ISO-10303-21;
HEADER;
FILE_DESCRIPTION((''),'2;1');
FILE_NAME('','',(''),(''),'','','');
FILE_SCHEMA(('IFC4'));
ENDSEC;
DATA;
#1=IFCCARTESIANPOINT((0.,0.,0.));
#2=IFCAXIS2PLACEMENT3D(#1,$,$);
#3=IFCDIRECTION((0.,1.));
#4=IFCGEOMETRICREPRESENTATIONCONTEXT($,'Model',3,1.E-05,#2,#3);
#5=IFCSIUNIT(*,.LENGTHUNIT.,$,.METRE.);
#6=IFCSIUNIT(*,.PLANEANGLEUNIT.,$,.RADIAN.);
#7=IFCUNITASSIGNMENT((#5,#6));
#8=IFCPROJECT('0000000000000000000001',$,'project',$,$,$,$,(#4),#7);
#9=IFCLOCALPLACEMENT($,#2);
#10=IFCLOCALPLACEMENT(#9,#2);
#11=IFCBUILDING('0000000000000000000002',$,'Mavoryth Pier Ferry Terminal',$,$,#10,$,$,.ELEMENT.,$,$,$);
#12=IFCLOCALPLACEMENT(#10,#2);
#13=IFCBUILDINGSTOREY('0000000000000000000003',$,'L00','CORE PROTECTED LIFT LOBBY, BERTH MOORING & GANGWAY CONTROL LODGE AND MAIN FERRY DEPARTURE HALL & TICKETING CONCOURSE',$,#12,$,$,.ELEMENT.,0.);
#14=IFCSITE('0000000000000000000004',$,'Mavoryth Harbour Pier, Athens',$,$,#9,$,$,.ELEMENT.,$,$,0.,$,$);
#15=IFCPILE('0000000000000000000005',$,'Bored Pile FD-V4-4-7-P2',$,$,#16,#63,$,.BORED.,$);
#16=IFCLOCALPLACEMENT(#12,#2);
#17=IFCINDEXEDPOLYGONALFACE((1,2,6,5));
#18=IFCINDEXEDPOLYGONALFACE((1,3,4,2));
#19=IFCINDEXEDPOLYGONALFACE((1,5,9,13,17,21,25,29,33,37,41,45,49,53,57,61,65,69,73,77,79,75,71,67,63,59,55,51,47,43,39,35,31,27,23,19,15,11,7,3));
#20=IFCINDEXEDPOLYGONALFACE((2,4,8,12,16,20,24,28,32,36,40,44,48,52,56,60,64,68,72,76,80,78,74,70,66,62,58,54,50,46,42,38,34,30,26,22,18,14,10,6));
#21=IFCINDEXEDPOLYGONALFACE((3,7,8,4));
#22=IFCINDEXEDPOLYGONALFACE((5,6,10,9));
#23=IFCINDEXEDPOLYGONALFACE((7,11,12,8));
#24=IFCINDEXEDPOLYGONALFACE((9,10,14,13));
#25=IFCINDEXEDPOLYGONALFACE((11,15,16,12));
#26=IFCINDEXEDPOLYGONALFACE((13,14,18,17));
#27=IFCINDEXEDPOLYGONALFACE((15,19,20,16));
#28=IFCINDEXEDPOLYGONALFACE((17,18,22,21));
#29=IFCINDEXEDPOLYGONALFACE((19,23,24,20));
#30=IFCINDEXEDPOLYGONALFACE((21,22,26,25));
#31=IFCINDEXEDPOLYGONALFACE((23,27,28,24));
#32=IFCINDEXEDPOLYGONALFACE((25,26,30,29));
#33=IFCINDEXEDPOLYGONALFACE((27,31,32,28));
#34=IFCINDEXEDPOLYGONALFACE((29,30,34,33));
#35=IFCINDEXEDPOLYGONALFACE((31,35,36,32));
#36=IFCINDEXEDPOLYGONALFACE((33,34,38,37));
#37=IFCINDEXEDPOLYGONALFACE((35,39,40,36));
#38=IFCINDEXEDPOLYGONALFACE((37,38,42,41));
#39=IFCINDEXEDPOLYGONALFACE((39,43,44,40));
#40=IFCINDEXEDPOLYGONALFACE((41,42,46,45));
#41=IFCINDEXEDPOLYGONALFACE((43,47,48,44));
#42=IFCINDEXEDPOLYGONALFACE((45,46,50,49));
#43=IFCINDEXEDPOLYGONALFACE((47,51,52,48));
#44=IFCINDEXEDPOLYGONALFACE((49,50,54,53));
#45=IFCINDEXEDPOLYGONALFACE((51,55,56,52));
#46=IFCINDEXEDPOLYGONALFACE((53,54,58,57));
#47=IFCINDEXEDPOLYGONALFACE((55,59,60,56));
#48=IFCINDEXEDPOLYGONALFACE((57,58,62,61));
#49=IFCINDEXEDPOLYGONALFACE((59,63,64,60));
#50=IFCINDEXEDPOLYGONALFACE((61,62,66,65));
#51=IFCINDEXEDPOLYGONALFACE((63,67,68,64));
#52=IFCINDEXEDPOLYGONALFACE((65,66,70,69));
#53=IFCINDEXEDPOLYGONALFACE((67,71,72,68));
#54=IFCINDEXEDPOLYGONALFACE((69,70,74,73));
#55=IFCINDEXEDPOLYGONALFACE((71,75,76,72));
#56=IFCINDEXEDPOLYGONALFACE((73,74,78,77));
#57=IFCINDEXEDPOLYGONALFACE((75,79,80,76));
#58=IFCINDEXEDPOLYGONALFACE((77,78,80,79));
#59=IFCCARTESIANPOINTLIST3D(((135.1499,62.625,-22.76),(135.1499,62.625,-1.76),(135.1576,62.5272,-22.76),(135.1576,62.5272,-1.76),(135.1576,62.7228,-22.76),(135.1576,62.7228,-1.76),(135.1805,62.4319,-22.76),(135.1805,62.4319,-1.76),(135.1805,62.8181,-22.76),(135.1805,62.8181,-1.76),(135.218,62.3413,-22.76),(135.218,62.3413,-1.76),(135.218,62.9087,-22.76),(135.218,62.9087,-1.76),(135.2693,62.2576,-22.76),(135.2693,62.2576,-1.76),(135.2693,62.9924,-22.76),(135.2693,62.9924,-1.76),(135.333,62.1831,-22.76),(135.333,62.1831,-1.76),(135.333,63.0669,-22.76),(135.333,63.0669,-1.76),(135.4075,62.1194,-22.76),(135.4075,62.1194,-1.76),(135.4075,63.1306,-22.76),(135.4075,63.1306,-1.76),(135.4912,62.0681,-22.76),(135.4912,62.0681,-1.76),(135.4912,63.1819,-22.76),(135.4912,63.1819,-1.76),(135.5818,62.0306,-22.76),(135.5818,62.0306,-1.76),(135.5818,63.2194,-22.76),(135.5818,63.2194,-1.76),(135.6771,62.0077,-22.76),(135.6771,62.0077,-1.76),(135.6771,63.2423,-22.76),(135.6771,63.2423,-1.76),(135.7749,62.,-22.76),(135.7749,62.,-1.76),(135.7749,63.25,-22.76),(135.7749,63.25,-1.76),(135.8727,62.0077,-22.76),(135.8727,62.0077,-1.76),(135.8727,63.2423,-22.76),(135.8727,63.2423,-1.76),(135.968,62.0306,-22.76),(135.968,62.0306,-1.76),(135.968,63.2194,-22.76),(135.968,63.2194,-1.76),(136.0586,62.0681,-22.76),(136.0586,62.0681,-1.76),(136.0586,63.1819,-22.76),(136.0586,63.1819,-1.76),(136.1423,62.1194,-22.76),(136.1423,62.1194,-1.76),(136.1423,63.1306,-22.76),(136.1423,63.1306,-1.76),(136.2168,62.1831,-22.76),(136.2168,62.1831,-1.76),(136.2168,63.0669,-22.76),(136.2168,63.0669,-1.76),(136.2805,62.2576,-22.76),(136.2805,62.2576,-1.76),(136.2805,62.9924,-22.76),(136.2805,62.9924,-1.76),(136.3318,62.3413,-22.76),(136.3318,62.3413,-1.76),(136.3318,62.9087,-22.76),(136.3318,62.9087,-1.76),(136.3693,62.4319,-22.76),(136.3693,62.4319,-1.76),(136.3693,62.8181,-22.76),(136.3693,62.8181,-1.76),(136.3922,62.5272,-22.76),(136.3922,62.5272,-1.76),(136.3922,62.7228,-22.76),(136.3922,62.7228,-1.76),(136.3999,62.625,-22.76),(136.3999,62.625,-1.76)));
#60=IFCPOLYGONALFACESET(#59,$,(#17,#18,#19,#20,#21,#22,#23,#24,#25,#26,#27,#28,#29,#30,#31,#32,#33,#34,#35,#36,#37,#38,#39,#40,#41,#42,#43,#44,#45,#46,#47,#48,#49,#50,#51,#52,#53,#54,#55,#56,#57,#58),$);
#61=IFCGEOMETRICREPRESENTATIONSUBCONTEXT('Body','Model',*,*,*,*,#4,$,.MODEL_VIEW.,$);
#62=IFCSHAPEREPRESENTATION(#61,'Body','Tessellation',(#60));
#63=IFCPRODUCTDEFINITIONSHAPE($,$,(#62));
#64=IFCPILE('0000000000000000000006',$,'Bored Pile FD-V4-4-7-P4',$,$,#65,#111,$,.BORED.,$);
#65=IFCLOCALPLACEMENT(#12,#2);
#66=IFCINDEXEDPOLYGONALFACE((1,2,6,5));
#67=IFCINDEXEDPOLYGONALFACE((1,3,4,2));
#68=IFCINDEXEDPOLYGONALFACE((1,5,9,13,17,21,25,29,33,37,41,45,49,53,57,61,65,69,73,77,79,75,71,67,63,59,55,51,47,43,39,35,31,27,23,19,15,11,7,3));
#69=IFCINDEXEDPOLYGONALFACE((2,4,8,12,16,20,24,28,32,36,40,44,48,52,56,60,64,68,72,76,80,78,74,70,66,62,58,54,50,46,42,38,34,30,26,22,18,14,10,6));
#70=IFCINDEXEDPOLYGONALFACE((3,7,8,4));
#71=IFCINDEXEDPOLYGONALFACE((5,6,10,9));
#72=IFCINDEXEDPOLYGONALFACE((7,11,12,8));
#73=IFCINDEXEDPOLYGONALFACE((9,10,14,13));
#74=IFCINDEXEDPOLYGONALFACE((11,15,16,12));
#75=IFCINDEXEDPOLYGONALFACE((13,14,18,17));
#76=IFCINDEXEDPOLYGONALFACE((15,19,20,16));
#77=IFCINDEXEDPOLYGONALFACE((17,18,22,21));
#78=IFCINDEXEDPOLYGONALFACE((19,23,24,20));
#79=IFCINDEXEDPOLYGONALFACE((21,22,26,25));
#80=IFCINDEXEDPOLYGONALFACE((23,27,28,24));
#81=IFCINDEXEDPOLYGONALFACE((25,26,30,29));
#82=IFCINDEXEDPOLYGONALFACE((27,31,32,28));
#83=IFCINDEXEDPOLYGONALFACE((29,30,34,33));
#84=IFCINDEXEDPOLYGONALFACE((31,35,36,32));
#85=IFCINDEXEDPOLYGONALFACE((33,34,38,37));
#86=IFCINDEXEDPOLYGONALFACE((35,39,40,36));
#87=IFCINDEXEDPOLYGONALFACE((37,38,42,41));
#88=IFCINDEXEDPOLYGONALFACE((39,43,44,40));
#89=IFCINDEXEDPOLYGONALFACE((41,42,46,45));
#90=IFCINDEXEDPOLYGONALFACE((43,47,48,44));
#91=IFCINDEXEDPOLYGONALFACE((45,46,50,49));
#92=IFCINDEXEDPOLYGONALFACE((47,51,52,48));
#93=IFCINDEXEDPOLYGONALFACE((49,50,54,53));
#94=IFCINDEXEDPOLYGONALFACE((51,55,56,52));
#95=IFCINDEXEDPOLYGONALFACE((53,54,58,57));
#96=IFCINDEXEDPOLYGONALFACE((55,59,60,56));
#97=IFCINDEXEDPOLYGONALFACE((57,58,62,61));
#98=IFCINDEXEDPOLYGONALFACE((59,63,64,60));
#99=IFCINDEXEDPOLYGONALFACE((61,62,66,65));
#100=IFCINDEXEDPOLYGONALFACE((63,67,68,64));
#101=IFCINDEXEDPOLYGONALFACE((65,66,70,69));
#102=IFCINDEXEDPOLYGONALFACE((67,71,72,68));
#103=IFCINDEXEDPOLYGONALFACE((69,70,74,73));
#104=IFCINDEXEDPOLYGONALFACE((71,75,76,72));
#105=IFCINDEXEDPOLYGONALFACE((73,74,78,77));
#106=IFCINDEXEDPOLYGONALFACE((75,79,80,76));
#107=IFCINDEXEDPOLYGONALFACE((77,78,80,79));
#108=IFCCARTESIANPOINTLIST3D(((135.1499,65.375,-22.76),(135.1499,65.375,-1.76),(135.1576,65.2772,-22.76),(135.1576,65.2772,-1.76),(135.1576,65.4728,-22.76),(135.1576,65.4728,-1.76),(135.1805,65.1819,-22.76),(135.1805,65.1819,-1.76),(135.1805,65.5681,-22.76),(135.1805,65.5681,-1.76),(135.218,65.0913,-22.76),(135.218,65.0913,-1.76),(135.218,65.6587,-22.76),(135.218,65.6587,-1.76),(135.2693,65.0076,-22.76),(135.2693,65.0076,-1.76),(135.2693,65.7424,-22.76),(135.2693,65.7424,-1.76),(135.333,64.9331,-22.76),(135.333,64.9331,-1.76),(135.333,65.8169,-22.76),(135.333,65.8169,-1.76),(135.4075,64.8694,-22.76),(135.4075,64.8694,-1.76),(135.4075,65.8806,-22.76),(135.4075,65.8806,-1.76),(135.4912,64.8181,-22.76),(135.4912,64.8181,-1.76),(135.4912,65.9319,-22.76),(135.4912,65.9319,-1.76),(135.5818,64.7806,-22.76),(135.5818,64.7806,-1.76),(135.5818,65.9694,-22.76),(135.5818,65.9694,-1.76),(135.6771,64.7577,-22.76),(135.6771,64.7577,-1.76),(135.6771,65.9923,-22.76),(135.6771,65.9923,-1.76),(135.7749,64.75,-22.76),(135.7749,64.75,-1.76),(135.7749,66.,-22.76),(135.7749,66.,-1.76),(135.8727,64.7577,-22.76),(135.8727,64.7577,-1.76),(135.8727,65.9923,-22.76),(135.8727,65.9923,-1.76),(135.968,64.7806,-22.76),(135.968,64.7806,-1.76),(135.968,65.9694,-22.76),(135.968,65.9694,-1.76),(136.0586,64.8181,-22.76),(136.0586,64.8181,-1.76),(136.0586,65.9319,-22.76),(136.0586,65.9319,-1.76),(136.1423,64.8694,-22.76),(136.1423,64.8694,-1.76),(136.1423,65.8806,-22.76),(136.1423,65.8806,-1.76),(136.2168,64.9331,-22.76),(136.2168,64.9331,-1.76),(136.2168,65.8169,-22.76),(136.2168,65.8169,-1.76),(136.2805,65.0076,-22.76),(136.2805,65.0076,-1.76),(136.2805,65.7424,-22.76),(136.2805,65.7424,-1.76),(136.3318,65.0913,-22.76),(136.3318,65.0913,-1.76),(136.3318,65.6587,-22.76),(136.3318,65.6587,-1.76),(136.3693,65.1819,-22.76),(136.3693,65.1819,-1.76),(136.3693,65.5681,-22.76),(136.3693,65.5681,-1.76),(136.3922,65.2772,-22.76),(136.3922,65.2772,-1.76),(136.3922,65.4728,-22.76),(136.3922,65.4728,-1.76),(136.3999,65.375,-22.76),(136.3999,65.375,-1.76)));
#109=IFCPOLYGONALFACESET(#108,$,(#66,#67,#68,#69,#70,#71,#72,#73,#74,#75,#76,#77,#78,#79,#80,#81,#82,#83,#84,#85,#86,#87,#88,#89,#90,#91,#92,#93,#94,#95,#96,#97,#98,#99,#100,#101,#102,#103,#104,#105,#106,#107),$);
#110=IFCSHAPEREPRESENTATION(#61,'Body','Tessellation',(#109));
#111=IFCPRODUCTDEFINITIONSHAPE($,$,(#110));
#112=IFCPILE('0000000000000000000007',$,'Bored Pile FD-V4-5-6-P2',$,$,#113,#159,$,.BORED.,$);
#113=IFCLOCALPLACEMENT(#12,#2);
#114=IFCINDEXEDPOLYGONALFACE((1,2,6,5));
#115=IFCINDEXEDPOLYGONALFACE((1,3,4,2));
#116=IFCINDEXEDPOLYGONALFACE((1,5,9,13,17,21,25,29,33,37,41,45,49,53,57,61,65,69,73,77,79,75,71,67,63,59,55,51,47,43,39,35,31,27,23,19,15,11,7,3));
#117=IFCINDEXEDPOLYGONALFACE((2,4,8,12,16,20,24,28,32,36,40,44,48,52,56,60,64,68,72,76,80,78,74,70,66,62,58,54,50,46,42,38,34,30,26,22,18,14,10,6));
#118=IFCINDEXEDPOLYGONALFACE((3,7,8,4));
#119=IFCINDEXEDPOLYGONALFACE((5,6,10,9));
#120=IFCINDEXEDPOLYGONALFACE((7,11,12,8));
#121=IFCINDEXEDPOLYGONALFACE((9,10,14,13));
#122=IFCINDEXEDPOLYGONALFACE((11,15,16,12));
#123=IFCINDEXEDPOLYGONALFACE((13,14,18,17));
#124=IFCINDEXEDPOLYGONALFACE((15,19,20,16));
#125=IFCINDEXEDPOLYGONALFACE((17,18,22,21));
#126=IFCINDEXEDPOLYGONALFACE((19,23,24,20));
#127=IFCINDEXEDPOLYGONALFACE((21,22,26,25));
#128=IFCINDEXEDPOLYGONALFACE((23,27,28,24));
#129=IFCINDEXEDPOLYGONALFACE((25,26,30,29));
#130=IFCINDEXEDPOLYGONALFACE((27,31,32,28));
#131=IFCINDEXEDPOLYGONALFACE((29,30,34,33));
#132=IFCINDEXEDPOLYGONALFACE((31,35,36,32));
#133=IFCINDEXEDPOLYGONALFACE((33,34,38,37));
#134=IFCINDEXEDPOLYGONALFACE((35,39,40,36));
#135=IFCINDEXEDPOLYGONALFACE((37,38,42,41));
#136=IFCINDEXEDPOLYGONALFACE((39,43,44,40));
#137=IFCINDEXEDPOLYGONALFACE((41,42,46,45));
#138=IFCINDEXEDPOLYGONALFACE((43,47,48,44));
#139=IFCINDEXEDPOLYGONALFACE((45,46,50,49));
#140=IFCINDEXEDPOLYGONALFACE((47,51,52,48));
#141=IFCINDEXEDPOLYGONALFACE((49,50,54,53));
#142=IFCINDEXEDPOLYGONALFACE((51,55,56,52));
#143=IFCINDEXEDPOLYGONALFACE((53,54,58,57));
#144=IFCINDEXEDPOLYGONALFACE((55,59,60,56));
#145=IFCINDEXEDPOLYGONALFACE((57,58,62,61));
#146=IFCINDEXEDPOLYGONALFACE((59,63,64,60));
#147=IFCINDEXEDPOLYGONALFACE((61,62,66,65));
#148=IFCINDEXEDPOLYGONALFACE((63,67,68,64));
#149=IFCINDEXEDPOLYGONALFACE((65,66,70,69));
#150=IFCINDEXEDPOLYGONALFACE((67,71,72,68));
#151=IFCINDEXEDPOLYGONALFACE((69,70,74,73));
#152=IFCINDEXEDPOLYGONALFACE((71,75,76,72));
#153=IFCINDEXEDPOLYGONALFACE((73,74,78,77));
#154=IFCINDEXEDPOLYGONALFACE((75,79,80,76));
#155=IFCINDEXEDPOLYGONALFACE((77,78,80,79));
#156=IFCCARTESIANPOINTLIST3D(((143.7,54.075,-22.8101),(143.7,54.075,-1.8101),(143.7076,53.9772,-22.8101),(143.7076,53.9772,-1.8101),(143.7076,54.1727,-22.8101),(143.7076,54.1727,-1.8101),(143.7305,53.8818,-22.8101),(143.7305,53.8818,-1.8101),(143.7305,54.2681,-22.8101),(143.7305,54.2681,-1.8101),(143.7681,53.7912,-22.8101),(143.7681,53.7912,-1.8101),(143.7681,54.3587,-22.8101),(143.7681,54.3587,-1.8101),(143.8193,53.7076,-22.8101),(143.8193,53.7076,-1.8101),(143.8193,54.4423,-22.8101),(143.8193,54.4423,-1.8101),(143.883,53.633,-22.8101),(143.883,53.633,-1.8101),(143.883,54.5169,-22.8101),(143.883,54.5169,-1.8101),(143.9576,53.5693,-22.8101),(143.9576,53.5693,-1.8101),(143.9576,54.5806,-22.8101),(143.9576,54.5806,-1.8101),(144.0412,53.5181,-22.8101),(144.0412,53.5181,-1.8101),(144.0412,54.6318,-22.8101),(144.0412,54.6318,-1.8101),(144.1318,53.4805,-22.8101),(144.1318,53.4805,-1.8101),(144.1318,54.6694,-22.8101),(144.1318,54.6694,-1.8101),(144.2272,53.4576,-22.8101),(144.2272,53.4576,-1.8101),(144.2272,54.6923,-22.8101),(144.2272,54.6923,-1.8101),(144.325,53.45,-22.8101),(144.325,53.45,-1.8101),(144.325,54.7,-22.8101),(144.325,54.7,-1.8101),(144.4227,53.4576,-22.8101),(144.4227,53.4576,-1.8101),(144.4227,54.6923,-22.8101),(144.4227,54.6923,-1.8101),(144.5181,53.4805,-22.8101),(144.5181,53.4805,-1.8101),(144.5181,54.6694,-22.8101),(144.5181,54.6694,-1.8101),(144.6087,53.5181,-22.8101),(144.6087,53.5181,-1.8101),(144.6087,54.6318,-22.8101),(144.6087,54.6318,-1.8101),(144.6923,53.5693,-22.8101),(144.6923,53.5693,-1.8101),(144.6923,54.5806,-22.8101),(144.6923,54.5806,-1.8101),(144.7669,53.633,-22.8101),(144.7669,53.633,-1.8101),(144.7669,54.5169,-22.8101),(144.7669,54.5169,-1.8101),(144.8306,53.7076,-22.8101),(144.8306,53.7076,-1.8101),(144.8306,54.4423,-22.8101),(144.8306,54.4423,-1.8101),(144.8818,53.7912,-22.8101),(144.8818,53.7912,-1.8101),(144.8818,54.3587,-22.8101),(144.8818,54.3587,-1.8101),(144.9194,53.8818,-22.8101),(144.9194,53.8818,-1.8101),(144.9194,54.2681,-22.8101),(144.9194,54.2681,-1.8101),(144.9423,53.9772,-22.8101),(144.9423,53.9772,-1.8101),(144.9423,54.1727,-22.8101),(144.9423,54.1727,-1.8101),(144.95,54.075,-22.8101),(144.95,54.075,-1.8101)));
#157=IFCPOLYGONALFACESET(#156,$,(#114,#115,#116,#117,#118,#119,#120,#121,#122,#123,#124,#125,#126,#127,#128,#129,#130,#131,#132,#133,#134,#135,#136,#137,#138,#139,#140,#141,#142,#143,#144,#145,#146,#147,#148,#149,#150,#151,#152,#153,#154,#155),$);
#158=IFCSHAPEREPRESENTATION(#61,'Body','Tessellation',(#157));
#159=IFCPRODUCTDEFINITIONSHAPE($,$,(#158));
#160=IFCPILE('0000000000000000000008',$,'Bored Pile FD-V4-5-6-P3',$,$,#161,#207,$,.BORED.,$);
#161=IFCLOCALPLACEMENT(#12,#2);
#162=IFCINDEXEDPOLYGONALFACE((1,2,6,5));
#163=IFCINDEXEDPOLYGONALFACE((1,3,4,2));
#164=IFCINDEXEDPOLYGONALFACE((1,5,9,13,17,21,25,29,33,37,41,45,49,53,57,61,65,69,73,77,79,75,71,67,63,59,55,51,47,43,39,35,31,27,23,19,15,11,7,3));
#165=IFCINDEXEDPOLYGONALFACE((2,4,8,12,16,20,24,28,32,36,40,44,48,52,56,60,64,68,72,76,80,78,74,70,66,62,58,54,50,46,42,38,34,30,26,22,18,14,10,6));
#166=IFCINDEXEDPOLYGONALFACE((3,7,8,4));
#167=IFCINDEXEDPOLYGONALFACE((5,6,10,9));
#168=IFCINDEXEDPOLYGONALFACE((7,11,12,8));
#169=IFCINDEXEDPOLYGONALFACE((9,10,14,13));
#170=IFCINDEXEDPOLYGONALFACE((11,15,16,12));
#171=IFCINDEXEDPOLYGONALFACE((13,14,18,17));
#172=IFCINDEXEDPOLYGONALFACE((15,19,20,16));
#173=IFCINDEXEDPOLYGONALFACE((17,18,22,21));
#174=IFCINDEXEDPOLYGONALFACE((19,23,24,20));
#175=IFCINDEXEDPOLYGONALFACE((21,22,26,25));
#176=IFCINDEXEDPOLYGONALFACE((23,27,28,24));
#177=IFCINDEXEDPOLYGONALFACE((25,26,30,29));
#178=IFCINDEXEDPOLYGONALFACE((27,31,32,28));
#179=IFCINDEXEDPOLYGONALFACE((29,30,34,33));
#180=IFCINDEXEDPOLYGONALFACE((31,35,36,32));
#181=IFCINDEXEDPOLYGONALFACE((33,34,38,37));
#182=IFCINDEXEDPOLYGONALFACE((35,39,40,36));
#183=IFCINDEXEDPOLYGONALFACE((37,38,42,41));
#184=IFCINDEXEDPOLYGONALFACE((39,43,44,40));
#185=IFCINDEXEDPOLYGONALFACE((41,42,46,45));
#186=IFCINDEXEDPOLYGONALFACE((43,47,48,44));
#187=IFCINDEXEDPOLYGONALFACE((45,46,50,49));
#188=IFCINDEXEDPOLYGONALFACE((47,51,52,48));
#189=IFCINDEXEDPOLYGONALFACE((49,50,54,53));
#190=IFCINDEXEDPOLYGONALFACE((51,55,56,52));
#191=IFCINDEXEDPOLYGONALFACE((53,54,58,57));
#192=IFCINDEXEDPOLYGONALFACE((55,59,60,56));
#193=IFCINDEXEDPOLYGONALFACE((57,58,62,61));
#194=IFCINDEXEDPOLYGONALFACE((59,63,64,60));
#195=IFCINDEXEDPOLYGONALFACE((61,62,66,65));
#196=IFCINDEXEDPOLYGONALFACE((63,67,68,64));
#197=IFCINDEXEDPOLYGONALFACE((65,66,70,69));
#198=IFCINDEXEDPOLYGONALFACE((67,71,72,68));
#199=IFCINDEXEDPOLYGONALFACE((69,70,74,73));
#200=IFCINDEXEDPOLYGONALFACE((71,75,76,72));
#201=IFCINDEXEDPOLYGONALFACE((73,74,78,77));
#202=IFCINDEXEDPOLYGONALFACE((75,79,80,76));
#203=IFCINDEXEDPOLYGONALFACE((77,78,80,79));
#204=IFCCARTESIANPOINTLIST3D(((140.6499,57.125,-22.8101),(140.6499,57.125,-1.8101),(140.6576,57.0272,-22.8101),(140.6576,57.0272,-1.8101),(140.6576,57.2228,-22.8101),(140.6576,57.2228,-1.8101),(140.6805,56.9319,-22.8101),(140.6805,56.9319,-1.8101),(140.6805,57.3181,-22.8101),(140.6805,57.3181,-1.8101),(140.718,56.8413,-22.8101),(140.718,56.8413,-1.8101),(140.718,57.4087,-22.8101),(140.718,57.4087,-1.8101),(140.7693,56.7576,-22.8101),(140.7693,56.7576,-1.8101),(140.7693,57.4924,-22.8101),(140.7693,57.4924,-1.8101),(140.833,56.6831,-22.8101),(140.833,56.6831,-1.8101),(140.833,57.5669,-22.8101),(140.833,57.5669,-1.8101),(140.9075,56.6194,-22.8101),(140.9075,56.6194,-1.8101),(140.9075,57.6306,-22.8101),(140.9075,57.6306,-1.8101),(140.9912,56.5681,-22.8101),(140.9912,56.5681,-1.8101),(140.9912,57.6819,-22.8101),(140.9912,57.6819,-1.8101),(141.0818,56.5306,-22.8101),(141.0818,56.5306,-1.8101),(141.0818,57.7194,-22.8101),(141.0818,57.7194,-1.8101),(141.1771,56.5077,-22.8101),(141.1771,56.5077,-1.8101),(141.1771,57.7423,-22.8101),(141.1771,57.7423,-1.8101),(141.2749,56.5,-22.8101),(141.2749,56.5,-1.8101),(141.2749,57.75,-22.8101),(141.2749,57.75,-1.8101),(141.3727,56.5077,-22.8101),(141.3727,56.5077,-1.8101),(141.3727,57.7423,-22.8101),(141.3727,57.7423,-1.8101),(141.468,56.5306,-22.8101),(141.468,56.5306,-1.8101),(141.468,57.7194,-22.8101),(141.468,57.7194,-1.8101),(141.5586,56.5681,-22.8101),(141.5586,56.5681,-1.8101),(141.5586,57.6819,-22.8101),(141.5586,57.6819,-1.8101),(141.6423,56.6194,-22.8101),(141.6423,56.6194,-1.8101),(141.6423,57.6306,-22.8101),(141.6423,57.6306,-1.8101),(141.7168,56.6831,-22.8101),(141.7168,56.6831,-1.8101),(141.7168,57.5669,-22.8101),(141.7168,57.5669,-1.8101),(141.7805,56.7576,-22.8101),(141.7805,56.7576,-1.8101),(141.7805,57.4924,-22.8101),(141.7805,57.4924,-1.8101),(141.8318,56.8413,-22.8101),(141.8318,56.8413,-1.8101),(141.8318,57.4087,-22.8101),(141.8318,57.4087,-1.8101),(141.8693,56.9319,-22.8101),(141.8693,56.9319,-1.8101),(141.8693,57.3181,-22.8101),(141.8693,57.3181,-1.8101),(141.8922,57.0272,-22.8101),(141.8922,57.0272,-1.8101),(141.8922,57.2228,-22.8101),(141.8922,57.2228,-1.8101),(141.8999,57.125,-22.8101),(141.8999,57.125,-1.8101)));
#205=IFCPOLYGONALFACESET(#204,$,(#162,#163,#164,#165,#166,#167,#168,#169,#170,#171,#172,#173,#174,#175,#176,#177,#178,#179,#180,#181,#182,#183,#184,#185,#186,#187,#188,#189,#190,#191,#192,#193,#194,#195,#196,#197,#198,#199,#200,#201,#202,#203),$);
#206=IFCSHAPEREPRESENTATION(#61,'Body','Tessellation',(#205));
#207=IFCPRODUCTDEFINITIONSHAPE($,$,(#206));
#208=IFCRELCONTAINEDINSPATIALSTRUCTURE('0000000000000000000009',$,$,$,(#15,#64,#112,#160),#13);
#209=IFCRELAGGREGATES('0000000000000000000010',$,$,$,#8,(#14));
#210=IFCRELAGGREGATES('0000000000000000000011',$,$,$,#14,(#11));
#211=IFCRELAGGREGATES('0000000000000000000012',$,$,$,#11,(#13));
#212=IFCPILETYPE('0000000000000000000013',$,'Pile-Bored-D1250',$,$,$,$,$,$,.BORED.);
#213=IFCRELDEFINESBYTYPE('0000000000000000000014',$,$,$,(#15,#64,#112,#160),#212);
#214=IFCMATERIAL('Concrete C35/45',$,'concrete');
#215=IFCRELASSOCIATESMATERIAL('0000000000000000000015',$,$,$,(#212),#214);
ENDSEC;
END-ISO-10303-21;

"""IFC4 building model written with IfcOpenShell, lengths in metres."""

from ifc_helpers import new_model, si_unit, direction, frame, origin, origin_2d, place, context, subcontext, project, spatial, circle, extrude, material, material_profile, profile_set, type_object, element, save


model = new_model("IFC4")

# Units and contexts
model_context = context("Model", 3, precision=1e-05, world=origin(), true_north=direction((0.0, 1.0)))
body_context = subcontext(model_context, "Body", "Model", "MODEL_VIEW")
ifc_project = project(units=[si_unit("LENGTHUNIT", "METRE"), si_unit("PLANEANGLEUNIT", "RADIAN")], contexts=[model_context])

# Site, building, storey
site_placement = place(None, origin())
site = spatial("IfcSite", under=ifc_project, at=site_placement, Name="Mavoryth Harbour Pier, Athens", CompositionType="ELEMENT", RefElevation=0.0)
building_placement = place(site_placement, origin())
building = spatial("IfcBuilding", under=site, at=building_placement, Name="Mavoryth Pier Ferry Terminal", CompositionType="ELEMENT")
storey_placement = place(building_placement, origin())
storey = spatial("IfcBuildingStorey", under=building, at=storey_placement, Name="L00", Description="CORE PROTECTED LIFT LOBBY, BERTH MOORING & GANGWAY CONTROL LODGE AND MAIN FERRY DEPARTURE HALL & TICKETING CONCOURSE", CompositionType="ELEMENT", Elevation=0.0)

# Shared definitions
ifc_material_1 = material(Name="Concrete C35/45", Category="concrete")

# Piles
ifc_material_profile_1 = material_profile(ifc_material_1, circle(Radius=0.625, at=origin_2d()), Name="PILE D1250", Category="concrete")
ifc_profile_set_1 = profile_set([ifc_material_profile_1], Name="Concrete C35/45 - PILE D1250")
pile_type_1 = type_object("IfcPileType", Name="Pile-Bored-D1250", PredefinedType="BORED", material=ifc_profile_set_1)
for number, where, z_axis, x_axis, name in (
    (1, (135.7749, 62.625, -1.76), (0.0, 0.0, -1.0), (1.0, 0.0, 0.0), "Bored Pile FD-V4-4-7-P2"),
    (2, (135.7749, 65.375, -1.76), (0.0, 0.0, -1.0), (1.0, 0.0, 0.0), "Bored Pile FD-V4-4-7-P4"),
    (3, (144.325, 54.075, -1.8101), (0.0, 0.0, -1.0), (1.0, 0.0, 0.0), "Bored Pile FD-V4-5-6-P2"),
    (4, (141.2749, 57.125, -1.8101), (0.0, 0.0, -1.0), (1.0, 0.0, 0.0), "Bored Pile FD-V4-5-6-P3"),
):
    element("IfcPile", number, at=place(storey_placement, frame(where, z_axis=z_axis, x_axis=x_axis)), inside=storey, type_object=pile_type_1, Name=name, PredefinedType="BORED", context=body_context, shape_type="SweptSolid", body=[
        extrude(circle(Radius=0.625, at=origin_2d()), origin(), (0.0, 0.0, 1.0), 21.0),
    ])

save(model, "model.ifc")
